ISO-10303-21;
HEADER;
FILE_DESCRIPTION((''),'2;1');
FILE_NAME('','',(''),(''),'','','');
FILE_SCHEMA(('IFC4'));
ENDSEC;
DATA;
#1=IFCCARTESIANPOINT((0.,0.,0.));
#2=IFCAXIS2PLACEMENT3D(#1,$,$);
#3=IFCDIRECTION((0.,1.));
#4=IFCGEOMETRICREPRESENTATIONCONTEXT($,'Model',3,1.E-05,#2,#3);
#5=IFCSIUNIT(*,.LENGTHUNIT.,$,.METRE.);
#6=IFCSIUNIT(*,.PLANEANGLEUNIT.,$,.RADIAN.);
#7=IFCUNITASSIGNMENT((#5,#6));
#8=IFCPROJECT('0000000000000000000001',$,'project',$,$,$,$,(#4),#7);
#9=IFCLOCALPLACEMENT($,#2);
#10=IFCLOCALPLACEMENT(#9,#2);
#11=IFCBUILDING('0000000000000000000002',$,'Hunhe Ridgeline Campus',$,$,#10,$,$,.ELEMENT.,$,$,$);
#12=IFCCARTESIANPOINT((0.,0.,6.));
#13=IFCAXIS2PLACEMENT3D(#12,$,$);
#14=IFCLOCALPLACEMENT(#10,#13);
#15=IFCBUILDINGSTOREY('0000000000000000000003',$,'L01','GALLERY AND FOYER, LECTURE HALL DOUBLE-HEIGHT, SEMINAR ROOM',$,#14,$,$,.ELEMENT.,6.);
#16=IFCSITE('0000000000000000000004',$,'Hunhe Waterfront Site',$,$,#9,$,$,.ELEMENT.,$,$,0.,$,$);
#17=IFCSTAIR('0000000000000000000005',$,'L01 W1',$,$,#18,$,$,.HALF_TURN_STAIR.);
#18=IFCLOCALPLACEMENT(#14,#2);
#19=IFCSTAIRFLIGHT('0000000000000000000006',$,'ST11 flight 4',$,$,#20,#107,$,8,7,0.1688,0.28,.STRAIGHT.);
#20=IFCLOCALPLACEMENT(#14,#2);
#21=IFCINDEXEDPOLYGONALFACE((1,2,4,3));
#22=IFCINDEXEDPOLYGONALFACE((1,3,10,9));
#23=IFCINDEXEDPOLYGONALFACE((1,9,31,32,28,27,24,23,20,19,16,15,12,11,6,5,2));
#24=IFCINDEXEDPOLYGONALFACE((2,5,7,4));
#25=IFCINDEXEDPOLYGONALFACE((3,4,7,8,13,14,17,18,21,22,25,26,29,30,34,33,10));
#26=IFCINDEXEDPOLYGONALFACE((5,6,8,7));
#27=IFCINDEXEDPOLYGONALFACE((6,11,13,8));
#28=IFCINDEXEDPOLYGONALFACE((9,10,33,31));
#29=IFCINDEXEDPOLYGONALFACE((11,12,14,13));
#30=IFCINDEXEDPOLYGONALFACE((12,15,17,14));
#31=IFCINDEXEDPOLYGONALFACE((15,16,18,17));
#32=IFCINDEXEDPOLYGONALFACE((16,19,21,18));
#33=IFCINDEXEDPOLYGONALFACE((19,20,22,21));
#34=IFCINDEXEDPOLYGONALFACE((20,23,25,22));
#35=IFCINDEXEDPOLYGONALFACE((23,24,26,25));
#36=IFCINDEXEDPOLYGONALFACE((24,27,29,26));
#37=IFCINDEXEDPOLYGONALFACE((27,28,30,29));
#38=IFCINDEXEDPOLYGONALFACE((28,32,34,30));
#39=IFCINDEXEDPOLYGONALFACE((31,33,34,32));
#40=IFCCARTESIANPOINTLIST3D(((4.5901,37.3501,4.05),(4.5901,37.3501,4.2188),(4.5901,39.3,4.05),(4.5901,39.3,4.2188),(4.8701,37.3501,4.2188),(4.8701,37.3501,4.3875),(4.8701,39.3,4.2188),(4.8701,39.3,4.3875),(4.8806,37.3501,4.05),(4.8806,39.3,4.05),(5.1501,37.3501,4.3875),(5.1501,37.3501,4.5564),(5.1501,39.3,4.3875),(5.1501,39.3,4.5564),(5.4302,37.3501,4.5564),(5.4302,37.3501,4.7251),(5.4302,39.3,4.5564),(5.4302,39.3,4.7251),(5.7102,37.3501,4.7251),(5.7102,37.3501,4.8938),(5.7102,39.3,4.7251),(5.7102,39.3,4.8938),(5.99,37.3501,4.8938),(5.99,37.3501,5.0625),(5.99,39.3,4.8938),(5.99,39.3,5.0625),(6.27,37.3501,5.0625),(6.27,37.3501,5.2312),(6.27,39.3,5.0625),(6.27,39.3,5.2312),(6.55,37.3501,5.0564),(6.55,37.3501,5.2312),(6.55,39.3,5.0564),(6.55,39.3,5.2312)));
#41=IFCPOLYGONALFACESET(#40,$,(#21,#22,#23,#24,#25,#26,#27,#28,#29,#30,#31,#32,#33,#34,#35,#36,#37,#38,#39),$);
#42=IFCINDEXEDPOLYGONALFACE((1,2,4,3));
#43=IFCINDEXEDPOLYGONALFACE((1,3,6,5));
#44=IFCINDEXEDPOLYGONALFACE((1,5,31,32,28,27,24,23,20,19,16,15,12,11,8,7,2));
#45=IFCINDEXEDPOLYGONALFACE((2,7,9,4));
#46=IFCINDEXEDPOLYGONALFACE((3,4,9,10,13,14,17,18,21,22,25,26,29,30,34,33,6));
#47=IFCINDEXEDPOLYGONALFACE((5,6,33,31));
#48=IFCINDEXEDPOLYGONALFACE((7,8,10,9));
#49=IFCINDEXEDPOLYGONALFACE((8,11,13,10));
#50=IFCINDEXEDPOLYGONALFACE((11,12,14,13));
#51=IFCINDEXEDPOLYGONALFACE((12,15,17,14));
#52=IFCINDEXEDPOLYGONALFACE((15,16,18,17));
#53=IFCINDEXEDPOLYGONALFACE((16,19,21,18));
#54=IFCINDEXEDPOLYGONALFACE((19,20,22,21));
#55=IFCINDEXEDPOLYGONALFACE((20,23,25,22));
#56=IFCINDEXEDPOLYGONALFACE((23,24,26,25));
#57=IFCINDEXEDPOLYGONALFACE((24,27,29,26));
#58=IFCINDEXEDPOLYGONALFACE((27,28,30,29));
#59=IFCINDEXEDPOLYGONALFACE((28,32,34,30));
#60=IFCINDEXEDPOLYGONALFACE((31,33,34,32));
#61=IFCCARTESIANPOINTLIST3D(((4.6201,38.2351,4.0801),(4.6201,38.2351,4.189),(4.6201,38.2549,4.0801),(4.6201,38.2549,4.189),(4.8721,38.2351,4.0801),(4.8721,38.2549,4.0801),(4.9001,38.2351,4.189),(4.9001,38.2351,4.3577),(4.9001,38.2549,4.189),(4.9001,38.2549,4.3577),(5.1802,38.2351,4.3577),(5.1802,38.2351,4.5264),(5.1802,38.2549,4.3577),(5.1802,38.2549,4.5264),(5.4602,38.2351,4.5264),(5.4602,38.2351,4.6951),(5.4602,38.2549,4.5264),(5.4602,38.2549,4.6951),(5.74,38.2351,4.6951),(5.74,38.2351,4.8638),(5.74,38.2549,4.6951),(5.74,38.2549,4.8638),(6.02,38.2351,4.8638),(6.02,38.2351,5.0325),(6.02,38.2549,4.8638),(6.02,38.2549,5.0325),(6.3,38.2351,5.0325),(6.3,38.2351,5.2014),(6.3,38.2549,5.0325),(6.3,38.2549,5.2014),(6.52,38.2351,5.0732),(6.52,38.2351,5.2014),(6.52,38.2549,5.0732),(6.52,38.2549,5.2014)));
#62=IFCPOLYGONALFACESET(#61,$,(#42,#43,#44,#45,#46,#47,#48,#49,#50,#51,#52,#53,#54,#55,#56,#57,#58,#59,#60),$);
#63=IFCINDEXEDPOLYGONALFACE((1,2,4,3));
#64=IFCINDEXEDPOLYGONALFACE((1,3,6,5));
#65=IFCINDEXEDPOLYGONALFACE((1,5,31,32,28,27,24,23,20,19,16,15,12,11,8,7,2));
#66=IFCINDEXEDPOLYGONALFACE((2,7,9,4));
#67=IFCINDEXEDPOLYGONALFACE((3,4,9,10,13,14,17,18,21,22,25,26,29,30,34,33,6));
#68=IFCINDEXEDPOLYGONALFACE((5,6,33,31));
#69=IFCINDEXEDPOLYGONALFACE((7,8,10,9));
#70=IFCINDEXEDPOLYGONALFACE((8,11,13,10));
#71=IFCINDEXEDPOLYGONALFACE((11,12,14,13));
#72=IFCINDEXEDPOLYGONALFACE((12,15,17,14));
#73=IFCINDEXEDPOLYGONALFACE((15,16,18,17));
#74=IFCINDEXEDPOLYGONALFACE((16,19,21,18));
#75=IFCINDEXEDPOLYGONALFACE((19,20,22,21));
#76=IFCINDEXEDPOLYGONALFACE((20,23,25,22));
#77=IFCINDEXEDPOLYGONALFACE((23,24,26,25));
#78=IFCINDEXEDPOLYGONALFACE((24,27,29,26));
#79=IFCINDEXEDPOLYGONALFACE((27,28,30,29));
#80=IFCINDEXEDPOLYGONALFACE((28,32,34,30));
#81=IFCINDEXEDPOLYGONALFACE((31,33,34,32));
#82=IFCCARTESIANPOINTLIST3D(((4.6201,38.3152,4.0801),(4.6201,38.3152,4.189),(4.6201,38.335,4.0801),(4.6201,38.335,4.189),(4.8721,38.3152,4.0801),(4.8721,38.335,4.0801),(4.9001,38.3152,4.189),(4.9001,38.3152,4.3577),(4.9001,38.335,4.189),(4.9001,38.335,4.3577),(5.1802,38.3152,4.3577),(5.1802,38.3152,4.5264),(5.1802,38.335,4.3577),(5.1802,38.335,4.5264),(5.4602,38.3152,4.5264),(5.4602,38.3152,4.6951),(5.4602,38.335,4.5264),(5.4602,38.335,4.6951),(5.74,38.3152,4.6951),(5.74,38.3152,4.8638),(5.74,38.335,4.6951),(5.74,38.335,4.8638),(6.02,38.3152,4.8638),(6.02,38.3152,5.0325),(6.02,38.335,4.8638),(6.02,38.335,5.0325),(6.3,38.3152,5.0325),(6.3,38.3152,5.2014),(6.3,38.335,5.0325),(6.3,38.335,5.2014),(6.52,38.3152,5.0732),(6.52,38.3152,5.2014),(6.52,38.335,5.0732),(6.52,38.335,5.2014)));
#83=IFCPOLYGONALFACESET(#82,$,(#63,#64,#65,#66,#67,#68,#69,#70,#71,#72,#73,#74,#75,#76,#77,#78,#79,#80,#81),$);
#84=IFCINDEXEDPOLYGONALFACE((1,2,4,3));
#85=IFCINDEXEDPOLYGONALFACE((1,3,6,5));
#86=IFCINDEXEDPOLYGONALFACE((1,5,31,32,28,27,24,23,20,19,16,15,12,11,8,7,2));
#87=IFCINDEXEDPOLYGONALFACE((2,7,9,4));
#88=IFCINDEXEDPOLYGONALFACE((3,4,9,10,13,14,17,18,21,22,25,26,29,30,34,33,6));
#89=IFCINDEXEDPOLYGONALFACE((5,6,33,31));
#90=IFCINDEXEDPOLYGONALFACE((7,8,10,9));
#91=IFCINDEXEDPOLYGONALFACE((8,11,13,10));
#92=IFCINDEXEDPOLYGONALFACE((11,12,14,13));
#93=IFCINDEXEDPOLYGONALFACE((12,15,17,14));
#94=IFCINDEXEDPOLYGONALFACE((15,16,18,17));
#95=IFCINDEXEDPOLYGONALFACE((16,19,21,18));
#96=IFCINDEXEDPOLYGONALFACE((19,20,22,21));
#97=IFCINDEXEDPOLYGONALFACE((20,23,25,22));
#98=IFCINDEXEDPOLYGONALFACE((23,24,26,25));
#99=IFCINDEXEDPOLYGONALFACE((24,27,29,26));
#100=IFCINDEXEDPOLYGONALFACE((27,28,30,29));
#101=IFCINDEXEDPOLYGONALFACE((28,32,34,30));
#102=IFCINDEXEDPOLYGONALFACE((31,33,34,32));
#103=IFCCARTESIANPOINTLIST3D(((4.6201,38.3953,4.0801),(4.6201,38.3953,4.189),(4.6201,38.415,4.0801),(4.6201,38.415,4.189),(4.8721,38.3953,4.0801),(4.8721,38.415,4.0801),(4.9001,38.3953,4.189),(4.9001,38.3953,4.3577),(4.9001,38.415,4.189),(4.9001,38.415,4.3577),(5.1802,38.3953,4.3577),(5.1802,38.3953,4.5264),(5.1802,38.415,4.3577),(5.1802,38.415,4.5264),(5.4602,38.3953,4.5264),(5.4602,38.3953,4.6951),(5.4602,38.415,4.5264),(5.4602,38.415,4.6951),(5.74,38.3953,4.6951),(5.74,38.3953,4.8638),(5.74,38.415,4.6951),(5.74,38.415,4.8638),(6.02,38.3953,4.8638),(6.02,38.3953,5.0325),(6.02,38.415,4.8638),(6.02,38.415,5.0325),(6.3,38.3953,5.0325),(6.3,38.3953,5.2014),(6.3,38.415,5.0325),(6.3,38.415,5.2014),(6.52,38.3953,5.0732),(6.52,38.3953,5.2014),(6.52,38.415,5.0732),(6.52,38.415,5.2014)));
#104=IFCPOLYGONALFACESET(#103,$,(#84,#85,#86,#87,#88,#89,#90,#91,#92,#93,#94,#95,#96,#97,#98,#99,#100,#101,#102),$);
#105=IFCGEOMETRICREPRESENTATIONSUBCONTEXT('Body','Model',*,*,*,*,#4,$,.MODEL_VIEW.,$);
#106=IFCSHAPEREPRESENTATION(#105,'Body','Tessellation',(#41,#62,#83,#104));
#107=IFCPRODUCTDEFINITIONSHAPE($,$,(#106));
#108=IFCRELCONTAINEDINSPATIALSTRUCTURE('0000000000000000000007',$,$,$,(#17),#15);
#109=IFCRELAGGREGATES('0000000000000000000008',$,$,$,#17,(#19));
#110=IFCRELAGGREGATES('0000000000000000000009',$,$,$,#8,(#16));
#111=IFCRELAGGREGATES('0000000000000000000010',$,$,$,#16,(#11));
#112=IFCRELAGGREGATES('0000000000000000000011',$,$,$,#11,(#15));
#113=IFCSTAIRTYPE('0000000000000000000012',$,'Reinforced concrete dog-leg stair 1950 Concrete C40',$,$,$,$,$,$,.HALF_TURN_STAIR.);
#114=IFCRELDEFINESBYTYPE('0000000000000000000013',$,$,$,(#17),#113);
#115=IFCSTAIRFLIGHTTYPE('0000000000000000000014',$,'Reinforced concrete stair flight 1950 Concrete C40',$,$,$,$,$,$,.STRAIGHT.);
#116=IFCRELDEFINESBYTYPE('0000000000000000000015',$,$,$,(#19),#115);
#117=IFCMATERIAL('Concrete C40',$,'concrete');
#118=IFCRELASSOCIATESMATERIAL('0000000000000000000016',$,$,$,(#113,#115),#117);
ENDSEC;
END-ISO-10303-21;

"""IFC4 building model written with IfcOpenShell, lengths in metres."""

from ifc_helpers import new_model, si_unit, direction, frame, origin, place, context, subcontext, project, spatial, polyline, outline, extrude, material, type_object, element, aggregate, save


model = new_model("IFC4")

# Units and contexts
model_context = context("Model", 3, precision=1e-05, world=origin(), true_north=direction((0.0, 1.0)))
body_context = subcontext(model_context, "Body", "Model", "MODEL_VIEW")
ifc_project = project(units=[si_unit("LENGTHUNIT", "METRE"), si_unit("PLANEANGLEUNIT", "RADIAN")], contexts=[model_context])

# Site, building, storey
site_placement = place(None, origin())
site = spatial("IfcSite", under=ifc_project, at=site_placement, Name="Hunhe Waterfront Site", CompositionType="ELEMENT", RefElevation=0.0)
building_placement = place(site_placement, origin())
building = spatial("IfcBuilding", under=site, at=building_placement, Name="Hunhe Ridgeline Campus", CompositionType="ELEMENT")
storey_placement = place(building_placement, frame((0.0, 0.0, 6.0)))
storey = spatial("IfcBuildingStorey", under=building, at=storey_placement, Name="L01", Description="GALLERY AND FOYER, LECTURE HALL DOUBLE-HEIGHT, SEMINAR ROOM", CompositionType="ELEMENT", Elevation=6.0)

# Stair, stair flight
ifc_material_1 = material(Name="Concrete C40", Category="concrete")
stair_type = type_object("IfcStairType", Name="Reinforced concrete dog-leg stair 1950 Concrete C40", PredefinedType="HALF_TURN_STAIR", material=ifc_material_1)
stair_flight_type = type_object("IfcStairFlightType", Name="Reinforced concrete stair flight 1950 Concrete C40", PredefinedType="STRAIGHT", material=ifc_material_1)
stair_1_placement = place(storey_placement, origin())
stair_1 = element("IfcStair", 1, at=stair_1_placement, inside=storey, type_object=stair_type, Name="L01 W1", PredefinedType="HALF_TURN_STAIR")
stair_flight_1_placement = place(storey_placement, frame((4.5901, 38.325, 4.05), z_axis=(0.0, 0.0, 1.0), x_axis=(1.0, 0.0, 0.0)))
stair_flight_1 = element("IfcStairFlight", 2, at=stair_flight_1_placement, type_object=stair_flight_type, Name="ST11 flight 4", NumberOfRisers=8, NumberOfTreads=7, PredefinedType="STRAIGHT", RiserHeight=0.1688, TreadLength=0.28, context=body_context, shape_type="SweptSolid", body=[
    extrude(outline(polyline([(0.0, 0.0), (0.0, 0.1687), (0.28, 0.1687), (0.28, 0.3374), (0.5601, 0.3374), (0.5601, 0.5063), (0.8401, 0.5063), (0.8401, 0.675), (1.1201, 0.675), (1.1201, 0.8438), (1.3999, 0.8438), (1.3999, 1.0125), (1.6799, 1.0125), (1.6799, 1.1812), (1.96, 1.1812), (1.96, 1.3501), (1.96, 1.0063), (0.2905, 0.0), (0.0, 0.0)])), frame((0.0, 0.9751, 0.0), z_axis=(0.0, -1.0, 0.0), x_axis=(1.0, 0.0, 0.0)), (0.0, 0.0, 1.0), 1.95),
    extrude(outline(polyline([(0.03, 0.03), (0.03, 0.1389), (0.3101, 0.1389), (0.3101, 0.3076), (0.5901, 0.3076), (0.5901, 0.4763), (0.8701, 0.4763), (0.8701, 0.645), (1.1499, 0.645), (1.1499, 0.8137), (1.4299, 0.8137), (1.4299, 0.9824), (1.71, 0.9824), (1.71, 1.1514), (1.9299, 1.1514), (1.9299, 1.0232), (0.282, 0.03), (0.03, 0.03)])), frame((0.0, -0.0701, 0.0), z_axis=(0.0, -1.0, 0.0), x_axis=(1.0, 0.0, 0.0)), (0.0, 0.0, 1.0), 0.0198),
    extrude(outline(polyline([(0.03, 0.03), (0.03, 0.1389), (0.3101, 0.1389), (0.3101, 0.3076), (0.5901, 0.3076), (0.5901, 0.4763), (0.8701, 0.4763), (0.8701, 0.645), (1.1499, 0.645), (1.1499, 0.8137), (1.4299, 0.8137), (1.4299, 0.9824), (1.71, 0.9824), (1.71, 1.1514), (1.9299, 1.1514), (1.9299, 1.0232), (0.282, 0.03), (0.03, 0.03)])), frame((0.0, 0.01, 0.0), z_axis=(0.0, -1.0, 0.0), x_axis=(1.0, 0.0, 0.0)), (0.0, 0.0, 1.0), 0.0198),
    extrude(outline(polyline([(0.03, 0.03), (0.03, 0.1389), (0.3101, 0.1389), (0.3101, 0.3076), (0.5901, 0.3076), (0.5901, 0.4763), (0.8701, 0.4763), (0.8701, 0.645), (1.1499, 0.645), (1.1499, 0.8137), (1.4299, 0.8137), (1.4299, 0.9824), (1.71, 0.9824), (1.71, 1.1514), (1.9299, 1.1514), (1.9299, 1.0232), (0.282, 0.03), (0.03, 0.03)])), frame((0.0, 0.0901, 0.0), z_axis=(0.0, -1.0, 0.0), x_axis=(1.0, 0.0, 0.0)), (0.0, 0.0, 1.0), 0.0198),
])
aggregate(stair_1, [stair_flight_1])

save(model, "model.ifc")
